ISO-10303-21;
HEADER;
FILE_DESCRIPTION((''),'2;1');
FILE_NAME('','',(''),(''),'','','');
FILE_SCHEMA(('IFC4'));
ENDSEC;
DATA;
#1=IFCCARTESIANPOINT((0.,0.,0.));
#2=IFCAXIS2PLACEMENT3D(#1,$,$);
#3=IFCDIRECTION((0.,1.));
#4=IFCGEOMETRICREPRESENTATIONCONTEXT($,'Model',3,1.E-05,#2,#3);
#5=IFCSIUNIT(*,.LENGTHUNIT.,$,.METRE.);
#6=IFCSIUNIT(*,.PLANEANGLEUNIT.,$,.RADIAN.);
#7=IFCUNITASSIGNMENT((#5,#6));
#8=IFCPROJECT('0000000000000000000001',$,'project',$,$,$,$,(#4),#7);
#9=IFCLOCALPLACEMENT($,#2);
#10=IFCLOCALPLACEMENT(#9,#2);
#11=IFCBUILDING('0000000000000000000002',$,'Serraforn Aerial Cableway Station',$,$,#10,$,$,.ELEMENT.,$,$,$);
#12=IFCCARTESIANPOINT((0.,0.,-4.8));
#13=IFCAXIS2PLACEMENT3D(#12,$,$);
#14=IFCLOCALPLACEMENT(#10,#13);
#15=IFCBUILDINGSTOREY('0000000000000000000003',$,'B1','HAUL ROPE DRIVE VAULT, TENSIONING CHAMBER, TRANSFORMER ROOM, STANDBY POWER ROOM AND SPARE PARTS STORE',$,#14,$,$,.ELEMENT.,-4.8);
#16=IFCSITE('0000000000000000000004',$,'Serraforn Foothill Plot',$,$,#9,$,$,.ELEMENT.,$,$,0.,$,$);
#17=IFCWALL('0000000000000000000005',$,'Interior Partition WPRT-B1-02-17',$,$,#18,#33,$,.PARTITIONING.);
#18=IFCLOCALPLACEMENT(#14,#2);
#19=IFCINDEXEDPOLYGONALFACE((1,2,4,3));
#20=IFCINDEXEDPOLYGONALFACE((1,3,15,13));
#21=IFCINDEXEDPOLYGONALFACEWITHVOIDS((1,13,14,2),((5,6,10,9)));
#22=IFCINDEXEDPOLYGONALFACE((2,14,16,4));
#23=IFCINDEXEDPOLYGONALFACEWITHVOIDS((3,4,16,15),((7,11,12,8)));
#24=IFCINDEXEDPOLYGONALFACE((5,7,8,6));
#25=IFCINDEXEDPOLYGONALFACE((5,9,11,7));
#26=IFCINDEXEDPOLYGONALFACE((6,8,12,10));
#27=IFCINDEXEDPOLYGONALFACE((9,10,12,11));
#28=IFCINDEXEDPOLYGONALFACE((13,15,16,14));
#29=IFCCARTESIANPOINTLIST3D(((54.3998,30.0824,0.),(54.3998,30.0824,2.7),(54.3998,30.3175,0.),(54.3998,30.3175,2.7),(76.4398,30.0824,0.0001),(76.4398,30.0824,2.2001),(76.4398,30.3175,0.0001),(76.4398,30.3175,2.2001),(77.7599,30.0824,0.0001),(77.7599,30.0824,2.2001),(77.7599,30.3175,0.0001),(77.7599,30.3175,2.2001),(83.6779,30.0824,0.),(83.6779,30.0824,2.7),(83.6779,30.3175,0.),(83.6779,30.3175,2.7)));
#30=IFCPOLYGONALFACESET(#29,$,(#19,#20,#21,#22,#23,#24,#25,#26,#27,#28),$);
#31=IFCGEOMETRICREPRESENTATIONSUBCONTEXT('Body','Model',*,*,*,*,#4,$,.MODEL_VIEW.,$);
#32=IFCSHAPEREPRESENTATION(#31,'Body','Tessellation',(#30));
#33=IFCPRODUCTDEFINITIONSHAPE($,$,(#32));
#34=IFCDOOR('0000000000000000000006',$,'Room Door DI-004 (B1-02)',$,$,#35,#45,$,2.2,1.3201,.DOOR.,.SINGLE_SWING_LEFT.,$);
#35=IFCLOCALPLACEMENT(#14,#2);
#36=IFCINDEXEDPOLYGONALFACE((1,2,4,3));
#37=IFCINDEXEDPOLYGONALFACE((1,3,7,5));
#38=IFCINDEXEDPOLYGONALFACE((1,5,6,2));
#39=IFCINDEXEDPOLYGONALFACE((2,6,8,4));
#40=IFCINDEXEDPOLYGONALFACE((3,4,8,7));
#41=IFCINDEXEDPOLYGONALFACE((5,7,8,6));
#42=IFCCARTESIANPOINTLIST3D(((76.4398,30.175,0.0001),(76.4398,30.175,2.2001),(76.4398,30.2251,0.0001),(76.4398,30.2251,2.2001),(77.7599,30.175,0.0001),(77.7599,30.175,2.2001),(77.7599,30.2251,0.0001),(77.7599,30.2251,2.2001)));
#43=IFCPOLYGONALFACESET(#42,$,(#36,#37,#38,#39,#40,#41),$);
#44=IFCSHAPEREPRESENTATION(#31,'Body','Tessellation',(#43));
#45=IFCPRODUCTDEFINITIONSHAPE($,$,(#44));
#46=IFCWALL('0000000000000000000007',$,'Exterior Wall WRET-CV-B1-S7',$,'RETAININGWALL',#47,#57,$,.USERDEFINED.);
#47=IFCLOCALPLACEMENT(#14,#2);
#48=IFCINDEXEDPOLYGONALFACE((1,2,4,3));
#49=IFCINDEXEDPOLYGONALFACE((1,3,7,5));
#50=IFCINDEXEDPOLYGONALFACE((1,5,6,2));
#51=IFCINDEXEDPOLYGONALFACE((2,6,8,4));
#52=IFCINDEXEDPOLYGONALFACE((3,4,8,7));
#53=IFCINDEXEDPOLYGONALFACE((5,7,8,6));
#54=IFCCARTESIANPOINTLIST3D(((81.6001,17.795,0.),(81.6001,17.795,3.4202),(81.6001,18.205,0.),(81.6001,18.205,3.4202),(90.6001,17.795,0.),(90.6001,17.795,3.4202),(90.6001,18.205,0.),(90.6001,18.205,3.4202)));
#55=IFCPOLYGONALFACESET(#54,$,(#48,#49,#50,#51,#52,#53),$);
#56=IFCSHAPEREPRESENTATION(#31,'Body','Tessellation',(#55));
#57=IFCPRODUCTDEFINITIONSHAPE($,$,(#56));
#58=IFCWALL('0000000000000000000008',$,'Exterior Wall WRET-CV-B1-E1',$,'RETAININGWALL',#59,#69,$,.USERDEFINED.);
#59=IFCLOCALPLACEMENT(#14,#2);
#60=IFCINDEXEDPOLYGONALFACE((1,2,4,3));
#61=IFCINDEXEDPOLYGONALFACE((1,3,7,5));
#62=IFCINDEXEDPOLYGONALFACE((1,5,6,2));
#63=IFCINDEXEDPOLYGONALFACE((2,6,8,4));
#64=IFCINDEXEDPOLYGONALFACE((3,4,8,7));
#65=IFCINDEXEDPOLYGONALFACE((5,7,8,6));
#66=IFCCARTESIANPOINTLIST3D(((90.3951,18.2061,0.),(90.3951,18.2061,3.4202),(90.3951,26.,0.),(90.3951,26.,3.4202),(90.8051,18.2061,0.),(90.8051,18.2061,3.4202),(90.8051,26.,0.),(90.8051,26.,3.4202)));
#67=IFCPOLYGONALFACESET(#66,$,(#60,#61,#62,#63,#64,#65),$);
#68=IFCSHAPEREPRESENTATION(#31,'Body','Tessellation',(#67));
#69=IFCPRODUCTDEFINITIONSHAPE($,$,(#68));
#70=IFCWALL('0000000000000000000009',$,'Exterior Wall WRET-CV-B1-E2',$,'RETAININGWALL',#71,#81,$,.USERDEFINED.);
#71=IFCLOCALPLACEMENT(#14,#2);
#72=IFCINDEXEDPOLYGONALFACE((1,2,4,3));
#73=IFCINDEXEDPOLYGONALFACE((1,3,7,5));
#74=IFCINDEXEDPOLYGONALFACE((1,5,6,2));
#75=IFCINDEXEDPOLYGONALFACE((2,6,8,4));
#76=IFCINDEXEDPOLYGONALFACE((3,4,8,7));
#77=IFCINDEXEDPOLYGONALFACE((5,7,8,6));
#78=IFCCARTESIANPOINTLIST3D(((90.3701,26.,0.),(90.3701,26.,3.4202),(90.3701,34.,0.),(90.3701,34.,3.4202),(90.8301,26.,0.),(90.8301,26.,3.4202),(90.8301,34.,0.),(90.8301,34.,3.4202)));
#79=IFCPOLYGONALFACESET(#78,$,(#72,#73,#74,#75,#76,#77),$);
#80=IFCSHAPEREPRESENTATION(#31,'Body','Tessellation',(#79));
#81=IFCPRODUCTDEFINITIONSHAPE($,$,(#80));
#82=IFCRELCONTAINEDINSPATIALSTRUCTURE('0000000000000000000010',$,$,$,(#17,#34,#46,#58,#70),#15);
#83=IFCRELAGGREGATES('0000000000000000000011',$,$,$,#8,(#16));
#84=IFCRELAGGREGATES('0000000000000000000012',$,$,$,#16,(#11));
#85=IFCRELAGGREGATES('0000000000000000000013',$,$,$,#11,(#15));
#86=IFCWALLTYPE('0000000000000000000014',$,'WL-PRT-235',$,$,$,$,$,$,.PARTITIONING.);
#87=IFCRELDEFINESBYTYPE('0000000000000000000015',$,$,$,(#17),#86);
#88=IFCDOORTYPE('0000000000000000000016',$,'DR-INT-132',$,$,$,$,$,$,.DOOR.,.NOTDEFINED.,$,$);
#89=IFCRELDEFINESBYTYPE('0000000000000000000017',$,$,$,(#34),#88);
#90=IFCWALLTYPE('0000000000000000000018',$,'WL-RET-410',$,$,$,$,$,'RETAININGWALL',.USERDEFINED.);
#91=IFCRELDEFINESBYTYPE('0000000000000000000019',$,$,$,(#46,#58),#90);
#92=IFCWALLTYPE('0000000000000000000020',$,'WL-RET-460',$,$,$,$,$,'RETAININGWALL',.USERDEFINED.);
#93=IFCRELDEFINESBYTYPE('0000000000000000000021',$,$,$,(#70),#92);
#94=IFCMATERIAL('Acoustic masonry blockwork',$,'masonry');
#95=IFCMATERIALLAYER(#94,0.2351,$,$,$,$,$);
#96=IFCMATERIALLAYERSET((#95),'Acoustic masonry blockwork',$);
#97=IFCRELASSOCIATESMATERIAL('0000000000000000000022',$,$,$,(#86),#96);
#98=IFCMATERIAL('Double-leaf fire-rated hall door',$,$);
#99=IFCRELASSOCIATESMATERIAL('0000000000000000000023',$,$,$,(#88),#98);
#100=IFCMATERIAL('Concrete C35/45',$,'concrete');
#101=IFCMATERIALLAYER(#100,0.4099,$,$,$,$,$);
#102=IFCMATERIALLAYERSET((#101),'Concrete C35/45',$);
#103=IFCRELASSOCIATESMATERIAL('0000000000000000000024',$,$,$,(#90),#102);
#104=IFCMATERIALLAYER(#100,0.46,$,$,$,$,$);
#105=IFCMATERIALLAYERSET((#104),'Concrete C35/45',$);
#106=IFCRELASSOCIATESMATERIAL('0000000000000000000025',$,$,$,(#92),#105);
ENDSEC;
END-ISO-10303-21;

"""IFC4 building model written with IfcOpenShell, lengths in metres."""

from ifc_helpers import new_model, si_unit, direction, frame, frame_2d, origin, place, context, subcontext, project, spatial, rectangle, extrude, material, layer, layer_set, type_object, element, fill, save


model = new_model("IFC4")

# Units and contexts
model_context = context("Model", 3, precision=1e-05, world=origin(), true_north=direction((0.0, 1.0)))
body_context = subcontext(model_context, "Body", "Model", "MODEL_VIEW")
ifc_project = project(units=[si_unit("LENGTHUNIT", "METRE"), si_unit("PLANEANGLEUNIT", "RADIAN")], contexts=[model_context])

# Site, building, storey
site_placement = place(None, origin())
site = spatial("IfcSite", under=ifc_project, at=site_placement, Name="Serraforn Foothill Plot", CompositionType="ELEMENT", RefElevation=0.0)
building_placement = place(site_placement, origin())
building = spatial("IfcBuilding", under=site, at=building_placement, Name="Serraforn Aerial Cableway Station", CompositionType="ELEMENT")
storey_placement = place(building_placement, frame((0.0, 0.0, -4.8)))
storey = spatial("IfcBuildingStorey", under=building, at=storey_placement, Name="B1", Description="HAUL ROPE DRIVE VAULT, TENSIONING CHAMBER, TRANSFORMER ROOM, STANDBY POWER ROOM AND SPARE PARTS STORE", CompositionType="ELEMENT", Elevation=-4.8)

# Shared definitions
ifc_material_1 = material(Name="Concrete C35/45", Category="concrete")

# Wall, opening, door
ifc_material_2 = material(Name="Acoustic masonry blockwork", Category="masonry")
ifc_layer_1 = layer(ifc_material_2, 0.2351)
ifc_layer_set_1 = layer_set([ifc_layer_1], Name="Acoustic masonry blockwork")
wall_type_1 = type_object("IfcWallType", Name="WL-PRT-235", PredefinedType="PARTITIONING", material=ifc_layer_set_1)
wall_1_placement = place(storey_placement, frame((83.678, 30.2, 0.0), z_axis=(0.0, 0.0, 1.0), x_axis=(-1.0, 0.0, 0.0)))
wall_1 = element("IfcWall", 1, at=wall_1_placement, inside=storey, type_object=wall_type_1, Name="Interior Partition WPRT-B1-02-17", PredefinedType="PARTITIONING", context=body_context, shape_type="SweptSolid", body=[
    extrude(rectangle(XDim=29.2781, YDim=0.2351, at=frame_2d((14.6392, 0.0))), origin(), (0.0, 0.0, 1.0), 2.7),
])
opening_placement = place(wall_1_placement, frame((5.918, 0.0, 0.0)))
opening = element("IfcOpeningElement", 2, at=opening_placement, cuts=wall_1, PredefinedType="OPENING", context=body_context, shape_type="SweptSolid", body=[
    extrude(rectangle(XDim=1.3201, YDim=2.2, at=frame_2d((0.6602, 1.1001))), frame((0.0, 0.1274, 0.0), z_axis=(0.0, -1.0, 0.0), x_axis=(1.0, 0.0, 0.0)), (0.0, 0.0, 1.0), 0.2551),
])
ifc_material_3 = material(Name="Double-leaf fire-rated hall door")
door_type = type_object("IfcDoorType", Name="DR-INT-132", OperationType="NOTDEFINED", PredefinedType="DOOR", material=ifc_material_3)
door_placement = place(opening_placement, origin())
door = element("IfcDoor", 3, at=door_placement, inside=storey, type_object=door_type, Name="Room Door DI-004 (B1-02)", OperationType="SINGLE_SWING_LEFT", OverallHeight=2.2, OverallWidth=1.3201, PredefinedType="DOOR", context=body_context, shape_type="SweptSolid", body=[
    extrude(rectangle(XDim=1.3201, YDim=2.2, at=frame_2d((0.6602, 1.1001))), frame((0.0, 0.0249, 0.0), z_axis=(0.0, -1.0, 0.0), x_axis=(1.0, 0.0, 0.0)), (0.0, 0.0, 1.0), 0.05),
])
fill(opening, door)

# Walls
ifc_layer_2 = layer(ifc_material_1, 0.4099)
ifc_layer_set_2 = layer_set([ifc_layer_2], Name="Concrete C35/45")
wall_type_2 = type_object("IfcWallType", Name="WL-RET-410", ElementType="RETAININGWALL", PredefinedType="USERDEFINED", material=ifc_layer_set_2)
wall_2_placement = place(storey_placement, frame((81.6001, 18.0, 0.0), z_axis=(0.0, 0.0, 1.0), x_axis=(1.0, 0.0, 0.0)))
element("IfcWall", 4, at=wall_2_placement, inside=storey, type_object=wall_type_2, Name="Exterior Wall WRET-CV-B1-S7", ObjectType="RETAININGWALL", PredefinedType="USERDEFINED", context=body_context, shape_type="SweptSolid", body=[
    extrude(rectangle(XDim=9.0, YDim=0.4099, at=frame_2d((4.5, 0.0))), origin(), (0.0, 0.0, 1.0), 3.4202),
])
wall_3_placement = place(storey_placement, frame((90.6001, 18.2061, 0.0), z_axis=(0.0, 0.0, 1.0), x_axis=(0.0, 1.0, 0.0)))
element("IfcWall", 5, at=wall_3_placement, inside=storey, type_object=wall_type_2, Name="Exterior Wall WRET-CV-B1-E1", ObjectType="RETAININGWALL", PredefinedType="USERDEFINED", context=body_context, shape_type="SweptSolid", body=[
    extrude(rectangle(XDim=7.7939, YDim=0.4099, at=frame_2d((3.897, 0.0))), origin(), (0.0, 0.0, 1.0), 3.4202),
])
ifc_layer_3 = layer(ifc_material_1, 0.46)
ifc_layer_set_3 = layer_set([ifc_layer_3], Name="Concrete C35/45")
wall_type_3 = type_object("IfcWallType", Name="WL-RET-460", ElementType="RETAININGWALL", PredefinedType="USERDEFINED", material=ifc_layer_set_3)
wall_4_placement = place(storey_placement, frame((90.6001, 26.0, 0.0), z_axis=(0.0, 0.0, 1.0), x_axis=(0.0, 1.0, 0.0)))
element("IfcWall", 6, at=wall_4_placement, inside=storey, type_object=wall_type_3, Name="Exterior Wall WRET-CV-B1-E2", ObjectType="RETAININGWALL", PredefinedType="USERDEFINED", context=body_context, shape_type="SweptSolid", body=[
    extrude(rectangle(XDim=8.0, YDim=0.46, at=frame_2d((4.0, 0.0))), origin(), (0.0, 0.0, 1.0), 3.4202),
])

save(model, "model.ifc")
